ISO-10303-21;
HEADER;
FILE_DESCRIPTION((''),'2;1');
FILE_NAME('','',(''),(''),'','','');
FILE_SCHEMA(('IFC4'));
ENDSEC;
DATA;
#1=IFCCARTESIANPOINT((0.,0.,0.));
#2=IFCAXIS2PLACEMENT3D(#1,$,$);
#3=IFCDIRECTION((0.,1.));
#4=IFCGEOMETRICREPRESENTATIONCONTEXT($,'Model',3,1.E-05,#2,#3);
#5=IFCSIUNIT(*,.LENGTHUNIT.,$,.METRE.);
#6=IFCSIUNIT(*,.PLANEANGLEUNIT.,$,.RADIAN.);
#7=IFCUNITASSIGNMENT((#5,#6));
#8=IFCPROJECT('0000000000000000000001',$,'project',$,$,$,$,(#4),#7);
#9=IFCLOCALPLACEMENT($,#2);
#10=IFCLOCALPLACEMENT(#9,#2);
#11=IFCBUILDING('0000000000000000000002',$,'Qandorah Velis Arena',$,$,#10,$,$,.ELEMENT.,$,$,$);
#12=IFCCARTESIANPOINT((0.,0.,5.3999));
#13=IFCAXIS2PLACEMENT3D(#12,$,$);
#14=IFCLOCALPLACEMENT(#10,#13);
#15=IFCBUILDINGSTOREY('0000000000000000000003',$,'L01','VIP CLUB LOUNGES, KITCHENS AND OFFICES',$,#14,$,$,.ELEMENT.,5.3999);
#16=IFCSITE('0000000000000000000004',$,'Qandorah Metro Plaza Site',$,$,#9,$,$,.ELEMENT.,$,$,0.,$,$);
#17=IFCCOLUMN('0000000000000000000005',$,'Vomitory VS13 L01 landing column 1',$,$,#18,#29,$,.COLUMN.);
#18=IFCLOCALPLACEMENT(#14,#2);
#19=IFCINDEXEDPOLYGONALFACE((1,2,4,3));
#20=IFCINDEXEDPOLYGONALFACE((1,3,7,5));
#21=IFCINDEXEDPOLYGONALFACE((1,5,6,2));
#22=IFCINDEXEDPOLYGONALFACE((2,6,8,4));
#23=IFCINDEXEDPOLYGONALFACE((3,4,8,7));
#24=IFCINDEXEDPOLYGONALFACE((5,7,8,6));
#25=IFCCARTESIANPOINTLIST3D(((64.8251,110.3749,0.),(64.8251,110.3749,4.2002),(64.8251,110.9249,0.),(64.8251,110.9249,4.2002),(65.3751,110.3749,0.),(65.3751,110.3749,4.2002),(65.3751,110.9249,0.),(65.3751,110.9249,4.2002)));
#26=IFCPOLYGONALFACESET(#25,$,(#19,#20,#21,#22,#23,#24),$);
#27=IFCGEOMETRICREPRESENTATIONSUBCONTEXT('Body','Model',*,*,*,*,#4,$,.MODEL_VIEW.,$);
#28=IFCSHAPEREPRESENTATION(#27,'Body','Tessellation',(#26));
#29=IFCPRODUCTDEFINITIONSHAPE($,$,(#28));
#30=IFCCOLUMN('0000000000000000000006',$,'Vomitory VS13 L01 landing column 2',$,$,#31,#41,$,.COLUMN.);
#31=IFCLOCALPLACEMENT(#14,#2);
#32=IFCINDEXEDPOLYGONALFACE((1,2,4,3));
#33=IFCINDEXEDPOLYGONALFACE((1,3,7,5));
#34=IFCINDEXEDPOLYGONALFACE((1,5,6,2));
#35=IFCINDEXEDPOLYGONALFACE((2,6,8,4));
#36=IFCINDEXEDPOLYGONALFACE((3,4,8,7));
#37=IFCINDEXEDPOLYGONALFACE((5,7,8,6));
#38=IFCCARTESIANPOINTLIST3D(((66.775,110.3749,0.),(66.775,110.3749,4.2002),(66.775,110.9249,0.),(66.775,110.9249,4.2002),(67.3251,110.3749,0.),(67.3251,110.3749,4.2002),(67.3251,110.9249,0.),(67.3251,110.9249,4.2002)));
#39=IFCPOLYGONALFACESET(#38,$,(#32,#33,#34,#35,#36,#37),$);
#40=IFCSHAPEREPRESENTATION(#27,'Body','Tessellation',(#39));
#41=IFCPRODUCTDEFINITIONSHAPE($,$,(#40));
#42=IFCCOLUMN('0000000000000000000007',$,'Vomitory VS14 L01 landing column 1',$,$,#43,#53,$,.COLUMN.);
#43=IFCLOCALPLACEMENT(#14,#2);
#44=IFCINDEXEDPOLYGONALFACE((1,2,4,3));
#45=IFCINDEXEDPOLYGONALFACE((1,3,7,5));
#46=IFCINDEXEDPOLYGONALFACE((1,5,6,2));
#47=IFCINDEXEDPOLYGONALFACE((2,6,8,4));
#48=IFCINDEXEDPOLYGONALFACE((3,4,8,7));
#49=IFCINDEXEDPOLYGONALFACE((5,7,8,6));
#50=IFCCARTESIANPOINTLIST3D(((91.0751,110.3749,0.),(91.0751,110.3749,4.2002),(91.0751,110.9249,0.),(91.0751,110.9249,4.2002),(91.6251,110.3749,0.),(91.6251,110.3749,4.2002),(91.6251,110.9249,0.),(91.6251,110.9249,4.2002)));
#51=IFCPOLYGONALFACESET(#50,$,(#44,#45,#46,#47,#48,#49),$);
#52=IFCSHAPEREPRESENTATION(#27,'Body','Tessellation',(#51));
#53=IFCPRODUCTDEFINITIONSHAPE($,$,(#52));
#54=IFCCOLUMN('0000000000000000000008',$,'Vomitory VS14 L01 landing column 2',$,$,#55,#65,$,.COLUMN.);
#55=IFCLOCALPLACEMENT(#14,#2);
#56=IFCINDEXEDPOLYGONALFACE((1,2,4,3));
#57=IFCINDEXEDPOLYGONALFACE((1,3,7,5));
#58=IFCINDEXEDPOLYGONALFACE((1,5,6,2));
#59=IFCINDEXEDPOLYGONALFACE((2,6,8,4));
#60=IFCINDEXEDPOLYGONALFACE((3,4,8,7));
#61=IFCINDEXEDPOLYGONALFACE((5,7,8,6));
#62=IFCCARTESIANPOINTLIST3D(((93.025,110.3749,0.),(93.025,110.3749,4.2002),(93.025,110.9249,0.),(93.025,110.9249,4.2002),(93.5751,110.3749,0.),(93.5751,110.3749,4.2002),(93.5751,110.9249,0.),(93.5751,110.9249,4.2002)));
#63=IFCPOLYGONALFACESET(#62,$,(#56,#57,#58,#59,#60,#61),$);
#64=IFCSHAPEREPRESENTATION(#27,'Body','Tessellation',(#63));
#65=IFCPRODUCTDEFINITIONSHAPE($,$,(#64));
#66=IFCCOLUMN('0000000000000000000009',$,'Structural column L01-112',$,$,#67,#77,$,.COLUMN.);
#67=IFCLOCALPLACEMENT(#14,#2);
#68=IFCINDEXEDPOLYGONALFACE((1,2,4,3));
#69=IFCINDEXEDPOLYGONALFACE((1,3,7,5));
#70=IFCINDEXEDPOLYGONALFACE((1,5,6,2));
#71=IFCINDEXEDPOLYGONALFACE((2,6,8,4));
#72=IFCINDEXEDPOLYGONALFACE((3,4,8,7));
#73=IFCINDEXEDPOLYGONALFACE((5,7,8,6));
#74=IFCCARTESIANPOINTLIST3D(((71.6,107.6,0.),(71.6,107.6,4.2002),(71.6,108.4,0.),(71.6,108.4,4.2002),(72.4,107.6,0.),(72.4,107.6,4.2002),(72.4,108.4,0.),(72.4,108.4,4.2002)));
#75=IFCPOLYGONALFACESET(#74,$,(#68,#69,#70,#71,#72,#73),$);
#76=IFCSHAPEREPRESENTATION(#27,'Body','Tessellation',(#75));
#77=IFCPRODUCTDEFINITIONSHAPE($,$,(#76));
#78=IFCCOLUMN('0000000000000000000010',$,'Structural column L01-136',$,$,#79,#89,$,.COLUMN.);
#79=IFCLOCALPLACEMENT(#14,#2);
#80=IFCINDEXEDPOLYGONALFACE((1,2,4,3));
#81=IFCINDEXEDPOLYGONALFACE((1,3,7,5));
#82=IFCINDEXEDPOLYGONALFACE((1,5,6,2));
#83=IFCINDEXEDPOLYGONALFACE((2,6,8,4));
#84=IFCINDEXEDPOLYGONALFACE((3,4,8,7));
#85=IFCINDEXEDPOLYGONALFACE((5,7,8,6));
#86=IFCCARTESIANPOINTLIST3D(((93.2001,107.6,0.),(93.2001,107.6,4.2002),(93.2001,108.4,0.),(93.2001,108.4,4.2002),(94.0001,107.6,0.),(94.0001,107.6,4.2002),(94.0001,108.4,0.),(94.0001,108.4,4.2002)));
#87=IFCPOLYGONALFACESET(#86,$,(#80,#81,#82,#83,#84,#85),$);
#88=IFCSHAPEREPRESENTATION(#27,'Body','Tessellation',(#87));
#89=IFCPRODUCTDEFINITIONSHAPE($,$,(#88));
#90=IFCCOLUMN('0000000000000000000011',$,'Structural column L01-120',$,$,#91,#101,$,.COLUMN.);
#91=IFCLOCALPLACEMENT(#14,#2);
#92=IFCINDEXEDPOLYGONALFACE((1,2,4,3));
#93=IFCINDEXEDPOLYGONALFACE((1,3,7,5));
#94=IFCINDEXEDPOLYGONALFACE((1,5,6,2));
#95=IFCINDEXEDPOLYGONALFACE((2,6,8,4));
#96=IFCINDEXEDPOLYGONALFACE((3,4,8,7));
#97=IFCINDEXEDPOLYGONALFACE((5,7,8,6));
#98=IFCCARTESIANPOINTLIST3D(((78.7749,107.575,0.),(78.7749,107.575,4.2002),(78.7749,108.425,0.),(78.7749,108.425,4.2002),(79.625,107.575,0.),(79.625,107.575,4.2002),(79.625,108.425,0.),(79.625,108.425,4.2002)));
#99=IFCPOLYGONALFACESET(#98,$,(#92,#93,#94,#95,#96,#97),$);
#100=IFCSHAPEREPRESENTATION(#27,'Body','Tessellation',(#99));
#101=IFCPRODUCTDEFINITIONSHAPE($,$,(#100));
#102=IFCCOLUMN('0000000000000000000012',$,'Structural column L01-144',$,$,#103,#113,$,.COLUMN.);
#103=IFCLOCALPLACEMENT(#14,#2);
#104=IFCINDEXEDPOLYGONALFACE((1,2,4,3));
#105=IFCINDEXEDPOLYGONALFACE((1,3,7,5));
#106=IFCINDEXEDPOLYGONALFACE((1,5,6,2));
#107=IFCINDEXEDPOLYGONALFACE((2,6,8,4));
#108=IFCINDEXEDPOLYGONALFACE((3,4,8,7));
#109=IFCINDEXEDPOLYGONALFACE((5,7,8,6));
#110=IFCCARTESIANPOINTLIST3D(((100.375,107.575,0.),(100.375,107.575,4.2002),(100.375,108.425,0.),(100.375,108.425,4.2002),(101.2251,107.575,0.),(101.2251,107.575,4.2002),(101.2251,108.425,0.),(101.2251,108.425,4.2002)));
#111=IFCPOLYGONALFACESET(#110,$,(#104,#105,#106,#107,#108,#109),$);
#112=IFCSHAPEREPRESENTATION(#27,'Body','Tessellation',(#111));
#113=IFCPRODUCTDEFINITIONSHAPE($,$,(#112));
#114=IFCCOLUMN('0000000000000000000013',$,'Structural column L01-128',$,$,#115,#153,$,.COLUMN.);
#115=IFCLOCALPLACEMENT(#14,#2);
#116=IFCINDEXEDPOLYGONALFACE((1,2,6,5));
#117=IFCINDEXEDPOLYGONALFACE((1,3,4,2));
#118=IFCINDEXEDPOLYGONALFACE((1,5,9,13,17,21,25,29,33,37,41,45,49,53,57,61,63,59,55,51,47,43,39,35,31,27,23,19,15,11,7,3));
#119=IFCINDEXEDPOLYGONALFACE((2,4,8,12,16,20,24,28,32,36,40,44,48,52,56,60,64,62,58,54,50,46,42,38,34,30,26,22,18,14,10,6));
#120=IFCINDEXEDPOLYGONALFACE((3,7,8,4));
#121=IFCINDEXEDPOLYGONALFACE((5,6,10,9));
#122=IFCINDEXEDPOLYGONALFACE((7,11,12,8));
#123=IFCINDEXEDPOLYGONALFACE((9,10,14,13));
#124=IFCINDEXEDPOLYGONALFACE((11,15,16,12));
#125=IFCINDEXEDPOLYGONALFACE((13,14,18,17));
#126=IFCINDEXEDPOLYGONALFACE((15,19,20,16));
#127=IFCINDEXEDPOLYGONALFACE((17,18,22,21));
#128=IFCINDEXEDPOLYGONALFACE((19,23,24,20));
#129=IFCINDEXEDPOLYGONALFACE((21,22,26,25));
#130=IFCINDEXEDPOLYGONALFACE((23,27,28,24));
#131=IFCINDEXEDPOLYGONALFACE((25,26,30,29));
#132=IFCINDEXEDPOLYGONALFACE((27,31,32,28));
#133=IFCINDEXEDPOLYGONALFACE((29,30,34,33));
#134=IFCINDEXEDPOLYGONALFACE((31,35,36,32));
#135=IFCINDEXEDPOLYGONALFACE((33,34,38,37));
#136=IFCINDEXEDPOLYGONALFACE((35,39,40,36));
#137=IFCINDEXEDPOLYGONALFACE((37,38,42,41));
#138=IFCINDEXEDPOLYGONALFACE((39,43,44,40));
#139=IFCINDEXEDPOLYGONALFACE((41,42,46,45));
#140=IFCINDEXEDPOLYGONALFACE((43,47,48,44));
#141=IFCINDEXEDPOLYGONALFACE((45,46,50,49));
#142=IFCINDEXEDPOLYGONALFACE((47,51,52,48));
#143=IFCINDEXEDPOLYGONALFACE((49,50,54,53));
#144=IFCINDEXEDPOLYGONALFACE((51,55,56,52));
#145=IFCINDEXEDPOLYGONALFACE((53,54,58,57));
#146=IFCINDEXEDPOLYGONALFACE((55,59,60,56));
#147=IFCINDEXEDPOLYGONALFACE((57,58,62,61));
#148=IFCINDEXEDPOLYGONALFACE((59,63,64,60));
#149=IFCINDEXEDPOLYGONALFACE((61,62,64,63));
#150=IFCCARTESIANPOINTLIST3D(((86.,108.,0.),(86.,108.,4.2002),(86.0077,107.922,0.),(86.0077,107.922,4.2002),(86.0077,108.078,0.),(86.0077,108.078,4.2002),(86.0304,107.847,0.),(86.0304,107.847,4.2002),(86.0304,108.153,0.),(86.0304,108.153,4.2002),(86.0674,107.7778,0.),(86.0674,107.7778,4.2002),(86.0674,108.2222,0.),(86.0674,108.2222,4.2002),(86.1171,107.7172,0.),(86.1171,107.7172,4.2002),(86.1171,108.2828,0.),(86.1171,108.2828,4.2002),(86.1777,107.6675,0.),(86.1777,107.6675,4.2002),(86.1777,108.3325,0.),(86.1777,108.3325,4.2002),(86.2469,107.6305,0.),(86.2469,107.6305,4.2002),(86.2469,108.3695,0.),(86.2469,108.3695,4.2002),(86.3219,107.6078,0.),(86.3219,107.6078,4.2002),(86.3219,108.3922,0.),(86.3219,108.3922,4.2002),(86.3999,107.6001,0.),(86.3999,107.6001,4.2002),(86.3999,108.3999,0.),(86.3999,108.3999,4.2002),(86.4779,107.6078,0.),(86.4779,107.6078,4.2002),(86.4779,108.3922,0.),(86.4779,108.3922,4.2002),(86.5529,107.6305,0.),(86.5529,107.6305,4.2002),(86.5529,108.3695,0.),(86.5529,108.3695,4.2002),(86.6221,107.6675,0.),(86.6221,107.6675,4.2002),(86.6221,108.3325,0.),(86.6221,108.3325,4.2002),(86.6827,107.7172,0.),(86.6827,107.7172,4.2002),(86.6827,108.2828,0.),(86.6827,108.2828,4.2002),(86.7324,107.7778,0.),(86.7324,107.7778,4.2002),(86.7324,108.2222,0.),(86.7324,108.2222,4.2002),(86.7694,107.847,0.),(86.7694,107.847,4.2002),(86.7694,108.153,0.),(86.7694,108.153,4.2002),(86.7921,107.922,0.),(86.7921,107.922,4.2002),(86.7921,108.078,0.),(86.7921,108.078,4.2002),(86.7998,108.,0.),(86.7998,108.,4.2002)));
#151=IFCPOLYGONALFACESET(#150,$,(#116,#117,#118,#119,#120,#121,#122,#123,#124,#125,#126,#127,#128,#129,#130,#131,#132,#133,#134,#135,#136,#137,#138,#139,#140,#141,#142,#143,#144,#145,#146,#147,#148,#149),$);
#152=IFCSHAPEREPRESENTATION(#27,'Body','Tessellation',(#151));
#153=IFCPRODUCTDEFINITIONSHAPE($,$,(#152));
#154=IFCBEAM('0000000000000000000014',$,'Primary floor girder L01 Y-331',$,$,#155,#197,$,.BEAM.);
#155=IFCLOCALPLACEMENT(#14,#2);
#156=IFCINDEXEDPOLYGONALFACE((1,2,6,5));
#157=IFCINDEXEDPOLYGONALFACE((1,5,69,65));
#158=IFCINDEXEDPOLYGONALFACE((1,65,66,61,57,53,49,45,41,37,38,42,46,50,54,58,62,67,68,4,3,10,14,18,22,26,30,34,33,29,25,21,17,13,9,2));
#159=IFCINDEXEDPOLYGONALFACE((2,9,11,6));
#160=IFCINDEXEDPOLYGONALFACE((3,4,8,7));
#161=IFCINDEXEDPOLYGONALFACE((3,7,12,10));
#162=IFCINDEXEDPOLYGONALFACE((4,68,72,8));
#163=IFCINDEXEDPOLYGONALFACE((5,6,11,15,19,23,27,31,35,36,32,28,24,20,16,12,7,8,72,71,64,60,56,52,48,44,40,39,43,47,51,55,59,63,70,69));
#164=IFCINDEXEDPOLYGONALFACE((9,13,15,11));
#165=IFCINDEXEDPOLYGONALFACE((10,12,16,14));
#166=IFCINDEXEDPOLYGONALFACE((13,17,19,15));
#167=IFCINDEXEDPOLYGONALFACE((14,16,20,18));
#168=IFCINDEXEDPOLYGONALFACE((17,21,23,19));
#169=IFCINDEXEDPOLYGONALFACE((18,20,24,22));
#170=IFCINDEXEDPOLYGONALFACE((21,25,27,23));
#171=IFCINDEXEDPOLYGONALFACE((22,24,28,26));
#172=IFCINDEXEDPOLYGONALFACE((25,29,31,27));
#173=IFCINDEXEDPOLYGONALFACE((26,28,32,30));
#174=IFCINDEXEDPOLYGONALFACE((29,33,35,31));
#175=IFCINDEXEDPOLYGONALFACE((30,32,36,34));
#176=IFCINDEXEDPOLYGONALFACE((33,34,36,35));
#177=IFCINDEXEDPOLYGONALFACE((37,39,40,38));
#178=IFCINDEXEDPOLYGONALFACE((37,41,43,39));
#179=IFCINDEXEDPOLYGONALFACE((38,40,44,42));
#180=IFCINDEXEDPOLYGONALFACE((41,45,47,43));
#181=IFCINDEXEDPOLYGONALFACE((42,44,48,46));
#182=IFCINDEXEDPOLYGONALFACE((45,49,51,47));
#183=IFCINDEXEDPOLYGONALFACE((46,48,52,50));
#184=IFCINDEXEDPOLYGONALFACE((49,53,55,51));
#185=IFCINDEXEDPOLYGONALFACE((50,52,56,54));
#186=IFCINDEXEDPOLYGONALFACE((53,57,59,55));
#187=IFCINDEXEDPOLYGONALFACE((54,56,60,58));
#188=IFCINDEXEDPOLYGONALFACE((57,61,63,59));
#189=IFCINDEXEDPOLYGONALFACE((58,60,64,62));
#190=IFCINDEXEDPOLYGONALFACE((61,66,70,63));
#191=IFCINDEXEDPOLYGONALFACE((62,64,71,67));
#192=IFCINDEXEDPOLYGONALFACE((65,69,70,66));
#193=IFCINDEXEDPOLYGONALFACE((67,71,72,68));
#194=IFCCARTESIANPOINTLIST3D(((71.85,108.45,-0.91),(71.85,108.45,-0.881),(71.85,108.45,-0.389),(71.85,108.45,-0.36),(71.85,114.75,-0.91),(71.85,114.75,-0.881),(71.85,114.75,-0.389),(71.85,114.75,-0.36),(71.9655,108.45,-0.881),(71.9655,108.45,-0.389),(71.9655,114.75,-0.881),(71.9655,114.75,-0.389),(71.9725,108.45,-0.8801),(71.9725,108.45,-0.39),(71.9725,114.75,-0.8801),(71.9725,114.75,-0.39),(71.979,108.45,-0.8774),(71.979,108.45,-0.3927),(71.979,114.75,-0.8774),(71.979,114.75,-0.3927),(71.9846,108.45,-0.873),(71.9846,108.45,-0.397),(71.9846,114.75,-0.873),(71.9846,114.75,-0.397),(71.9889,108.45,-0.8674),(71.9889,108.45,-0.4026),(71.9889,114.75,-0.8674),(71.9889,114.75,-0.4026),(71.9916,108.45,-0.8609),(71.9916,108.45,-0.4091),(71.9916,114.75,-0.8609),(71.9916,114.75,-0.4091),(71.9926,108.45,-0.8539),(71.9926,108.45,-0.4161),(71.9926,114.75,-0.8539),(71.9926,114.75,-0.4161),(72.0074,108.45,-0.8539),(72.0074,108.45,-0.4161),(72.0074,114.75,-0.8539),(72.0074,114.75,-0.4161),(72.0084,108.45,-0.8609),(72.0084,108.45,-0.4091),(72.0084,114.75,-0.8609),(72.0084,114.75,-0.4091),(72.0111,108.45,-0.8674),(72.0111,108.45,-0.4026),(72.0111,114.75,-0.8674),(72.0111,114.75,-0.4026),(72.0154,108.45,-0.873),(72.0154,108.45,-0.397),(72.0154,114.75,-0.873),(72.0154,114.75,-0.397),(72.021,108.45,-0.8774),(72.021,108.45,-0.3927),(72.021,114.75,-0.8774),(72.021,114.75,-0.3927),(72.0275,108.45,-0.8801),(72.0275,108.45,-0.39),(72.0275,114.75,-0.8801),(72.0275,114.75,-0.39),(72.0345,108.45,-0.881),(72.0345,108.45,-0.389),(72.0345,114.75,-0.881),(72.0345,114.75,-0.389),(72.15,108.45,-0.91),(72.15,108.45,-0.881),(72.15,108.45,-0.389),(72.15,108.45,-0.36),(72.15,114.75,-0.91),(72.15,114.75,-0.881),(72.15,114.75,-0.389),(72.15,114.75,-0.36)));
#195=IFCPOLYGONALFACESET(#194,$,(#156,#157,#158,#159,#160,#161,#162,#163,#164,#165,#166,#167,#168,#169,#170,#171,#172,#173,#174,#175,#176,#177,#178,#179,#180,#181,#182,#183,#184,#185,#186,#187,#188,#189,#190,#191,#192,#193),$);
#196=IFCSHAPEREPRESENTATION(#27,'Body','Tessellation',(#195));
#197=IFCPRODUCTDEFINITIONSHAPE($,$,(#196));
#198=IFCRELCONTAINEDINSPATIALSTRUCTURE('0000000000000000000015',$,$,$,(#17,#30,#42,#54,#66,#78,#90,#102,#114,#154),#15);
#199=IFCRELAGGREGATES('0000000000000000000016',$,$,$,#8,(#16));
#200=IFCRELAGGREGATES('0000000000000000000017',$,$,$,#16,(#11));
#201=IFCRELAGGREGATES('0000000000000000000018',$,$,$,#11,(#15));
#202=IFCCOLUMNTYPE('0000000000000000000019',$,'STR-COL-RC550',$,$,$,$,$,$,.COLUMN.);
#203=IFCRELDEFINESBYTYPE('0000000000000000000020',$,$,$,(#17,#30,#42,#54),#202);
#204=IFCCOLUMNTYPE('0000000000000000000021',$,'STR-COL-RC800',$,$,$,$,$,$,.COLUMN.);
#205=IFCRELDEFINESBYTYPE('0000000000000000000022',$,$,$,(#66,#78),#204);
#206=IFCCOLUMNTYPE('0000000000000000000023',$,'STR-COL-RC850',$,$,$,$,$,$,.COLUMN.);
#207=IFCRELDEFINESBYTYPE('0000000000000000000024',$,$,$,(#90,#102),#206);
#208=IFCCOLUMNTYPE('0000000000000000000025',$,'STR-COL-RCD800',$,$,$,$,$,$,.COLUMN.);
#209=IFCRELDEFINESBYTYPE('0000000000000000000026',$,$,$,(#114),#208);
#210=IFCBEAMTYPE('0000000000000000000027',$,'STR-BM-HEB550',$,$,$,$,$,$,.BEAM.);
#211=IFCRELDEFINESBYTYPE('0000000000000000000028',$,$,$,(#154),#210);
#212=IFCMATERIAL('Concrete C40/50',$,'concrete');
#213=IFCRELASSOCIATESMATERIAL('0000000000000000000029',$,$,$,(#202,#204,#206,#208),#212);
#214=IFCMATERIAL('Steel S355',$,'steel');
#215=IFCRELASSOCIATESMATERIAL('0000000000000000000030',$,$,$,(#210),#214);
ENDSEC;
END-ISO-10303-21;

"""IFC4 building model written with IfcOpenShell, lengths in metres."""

from ifc_helpers import new_model, si_unit, direction, frame, origin, origin_2d, place, context, subcontext, project, spatial, rectangle, circle, i_section, extrude, material, material_profile, profile_set, type_object, element, save


model = new_model("IFC4")

# Units and contexts
model_context = context("Model", 3, precision=1e-05, world=origin(), true_north=direction((0.0, 1.0)))
body_context = subcontext(model_context, "Body", "Model", "MODEL_VIEW")
ifc_project = project(units=[si_unit("LENGTHUNIT", "METRE"), si_unit("PLANEANGLEUNIT", "RADIAN")], contexts=[model_context])

# Site, building, storey
site_placement = place(None, origin())
site = spatial("IfcSite", under=ifc_project, at=site_placement, Name="Qandorah Metro Plaza Site", CompositionType="ELEMENT", RefElevation=0.0)
building_placement = place(site_placement, origin())
building = spatial("IfcBuilding", under=site, at=building_placement, Name="Qandorah Velis Arena", CompositionType="ELEMENT")
storey_placement = place(building_placement, frame((0.0, 0.0, 5.3999)))
storey = spatial("IfcBuildingStorey", under=building, at=storey_placement, Name="L01", Description="VIP CLUB LOUNGES, KITCHENS AND OFFICES", CompositionType="ELEMENT", Elevation=5.3999)

# Columns
ifc_material_1 = material(Name="Concrete C40/50", Category="concrete")
ifc_material_profile_1 = material_profile(ifc_material_1, rectangle(XDim=0.55, YDim=0.55, at=origin_2d()), Name="RC COL 550x550")
ifc_profile_set_1 = profile_set([ifc_material_profile_1], Name="Concrete C40/50")
column_type_1 = type_object("IfcColumnType", Name="STR-COL-RC550", PredefinedType="COLUMN", material=ifc_profile_set_1)
for number, where, z_axis, x_axis, name in (
    (1, (65.1001, 110.6499, 0.0), (0.0, 0.0, 1.0), (1.0, 0.0, 0.0), "Vomitory VS13 L01 landing column 1"),
    (2, (67.05, 110.6499, 0.0), (0.0, 0.0, 1.0), (1.0, 0.0, 0.0), "Vomitory VS13 L01 landing column 2"),
    (3, (91.3501, 110.6499, 0.0), (0.0, 0.0, 1.0), (1.0, 0.0, 0.0), "Vomitory VS14 L01 landing column 1"),
    (4, (93.3, 110.6499, 0.0), (0.0, 0.0, 1.0), (1.0, 0.0, 0.0), "Vomitory VS14 L01 landing column 2"),
):
    element("IfcColumn", number, at=place(storey_placement, frame(where, z_axis=z_axis, x_axis=x_axis)), inside=storey, type_object=column_type_1, Name=name, PredefinedType="COLUMN", context=body_context, shape_type="SweptSolid", body=[
        extrude(rectangle(XDim=0.55, YDim=0.55, at=origin_2d()), origin(), (0.0, 0.0, 1.0), 4.2002),
    ])
ifc_material_profile_2 = material_profile(ifc_material_1, rectangle(XDim=0.8, YDim=0.8, at=origin_2d()), Name="RC COL 800x800")
ifc_profile_set_2 = profile_set([ifc_material_profile_2], Name="Concrete C40/50")
column_type_2 = type_object("IfcColumnType", Name="STR-COL-RC800", PredefinedType="COLUMN", material=ifc_profile_set_2)
for number, where, z_axis, x_axis, name in (
    (5, (72.0, 108.0, 0.0), (0.0, 0.0, 1.0), (1.0, 0.0, 0.0), "Structural column L01-112"),
    (6, (93.6001, 108.0, 0.0), (0.0, 0.0, 1.0), (1.0, 0.0, 0.0), "Structural column L01-136"),
):
    element("IfcColumn", number, at=place(storey_placement, frame(where, z_axis=z_axis, x_axis=x_axis)), inside=storey, type_object=column_type_2, Name=name, PredefinedType="COLUMN", context=body_context, shape_type="SweptSolid", body=[
        extrude(rectangle(XDim=0.8, YDim=0.8, at=origin_2d()), origin(), (0.0, 0.0, 1.0), 4.2002),
    ])
ifc_material_profile_3 = material_profile(ifc_material_1, rectangle(XDim=0.8501, YDim=0.8501, at=origin_2d()), Name="RC COL 850x850")
ifc_profile_set_3 = profile_set([ifc_material_profile_3], Name="Concrete C40/50")
column_type_3 = type_object("IfcColumnType", Name="STR-COL-RC850", PredefinedType="COLUMN", material=ifc_profile_set_3)
for number, where, z_axis, x_axis, name in (
    (7, (79.2, 108.0, 0.0), (0.0, 0.0, 1.0), (1.0, 0.0, 0.0), "Structural column L01-120"),
    (8, (100.8, 108.0, 0.0), (0.0, 0.0, 1.0), (1.0, 0.0, 0.0), "Structural column L01-144"),
):
    element("IfcColumn", number, at=place(storey_placement, frame(where, z_axis=z_axis, x_axis=x_axis)), inside=storey, type_object=column_type_3, Name=name, PredefinedType="COLUMN", context=body_context, shape_type="SweptSolid", body=[
        extrude(rectangle(XDim=0.8501, YDim=0.8501, at=origin_2d()), origin(), (0.0, 0.0, 1.0), 4.2002),
    ])
ifc_material_profile_4 = material_profile(ifc_material_1, circle(Radius=0.3999, at=origin_2d()), Name="RC D800")
ifc_profile_set_4 = profile_set([ifc_material_profile_4], Name="Concrete C40/50")
column_type_4 = type_object("IfcColumnType", Name="STR-COL-RCD800", PredefinedType="COLUMN", material=ifc_profile_set_4)
column_placement = place(storey_placement, frame((86.3999, 108.0, 0.0), z_axis=(0.0, 0.0, 1.0), x_axis=(1.0, 0.0, 0.0)))
element("IfcColumn", 9, at=column_placement, inside=storey, type_object=column_type_4, Name="Structural column L01-128", PredefinedType="COLUMN", context=body_context, shape_type="SweptSolid", body=[
    extrude(circle(Radius=0.3999, at=origin_2d()), origin(), (0.0, 0.0, 1.0), 4.2002),
])

# Beam
ifc_material_2 = material(Name="Steel S355", Category="steel")
ifc_material_profile_5 = material_profile(ifc_material_2, i_section(OverallWidth=0.3, OverallDepth=0.55, WebThickness=0.0149, FlangeThickness=0.0291, FilletRadius=0.0271, at=origin_2d()), Name="HEB 550")
ifc_profile_set_5 = profile_set([ifc_material_profile_5], Name="Steel S355")
beam_type_1 = type_object("IfcBeamType", Name="STR-BM-HEB550", PredefinedType="BEAM", material=ifc_profile_set_5)
beam_1_placement = place(storey_placement, frame((72.0, 108.45, -0.635), z_axis=(0.0, 1.0, 0.0), x_axis=(-1.0, 0.0, 0.0)))
element("IfcBeam", 10, at=beam_1_placement, inside=storey, type_object=beam_type_1, Name="Primary floor girder L01 Y-331", PredefinedType="BEAM", context=body_context, shape_type="SweptSolid", body=[
    extrude(i_section(OverallWidth=0.3, OverallDepth=0.55, WebThickness=0.0149, FlangeThickness=0.0291, FilletRadius=0.0271, at=origin_2d()), origin(), (0.0, 0.0, 1.0), 6.3),
])

save(model, "model.ifc")
